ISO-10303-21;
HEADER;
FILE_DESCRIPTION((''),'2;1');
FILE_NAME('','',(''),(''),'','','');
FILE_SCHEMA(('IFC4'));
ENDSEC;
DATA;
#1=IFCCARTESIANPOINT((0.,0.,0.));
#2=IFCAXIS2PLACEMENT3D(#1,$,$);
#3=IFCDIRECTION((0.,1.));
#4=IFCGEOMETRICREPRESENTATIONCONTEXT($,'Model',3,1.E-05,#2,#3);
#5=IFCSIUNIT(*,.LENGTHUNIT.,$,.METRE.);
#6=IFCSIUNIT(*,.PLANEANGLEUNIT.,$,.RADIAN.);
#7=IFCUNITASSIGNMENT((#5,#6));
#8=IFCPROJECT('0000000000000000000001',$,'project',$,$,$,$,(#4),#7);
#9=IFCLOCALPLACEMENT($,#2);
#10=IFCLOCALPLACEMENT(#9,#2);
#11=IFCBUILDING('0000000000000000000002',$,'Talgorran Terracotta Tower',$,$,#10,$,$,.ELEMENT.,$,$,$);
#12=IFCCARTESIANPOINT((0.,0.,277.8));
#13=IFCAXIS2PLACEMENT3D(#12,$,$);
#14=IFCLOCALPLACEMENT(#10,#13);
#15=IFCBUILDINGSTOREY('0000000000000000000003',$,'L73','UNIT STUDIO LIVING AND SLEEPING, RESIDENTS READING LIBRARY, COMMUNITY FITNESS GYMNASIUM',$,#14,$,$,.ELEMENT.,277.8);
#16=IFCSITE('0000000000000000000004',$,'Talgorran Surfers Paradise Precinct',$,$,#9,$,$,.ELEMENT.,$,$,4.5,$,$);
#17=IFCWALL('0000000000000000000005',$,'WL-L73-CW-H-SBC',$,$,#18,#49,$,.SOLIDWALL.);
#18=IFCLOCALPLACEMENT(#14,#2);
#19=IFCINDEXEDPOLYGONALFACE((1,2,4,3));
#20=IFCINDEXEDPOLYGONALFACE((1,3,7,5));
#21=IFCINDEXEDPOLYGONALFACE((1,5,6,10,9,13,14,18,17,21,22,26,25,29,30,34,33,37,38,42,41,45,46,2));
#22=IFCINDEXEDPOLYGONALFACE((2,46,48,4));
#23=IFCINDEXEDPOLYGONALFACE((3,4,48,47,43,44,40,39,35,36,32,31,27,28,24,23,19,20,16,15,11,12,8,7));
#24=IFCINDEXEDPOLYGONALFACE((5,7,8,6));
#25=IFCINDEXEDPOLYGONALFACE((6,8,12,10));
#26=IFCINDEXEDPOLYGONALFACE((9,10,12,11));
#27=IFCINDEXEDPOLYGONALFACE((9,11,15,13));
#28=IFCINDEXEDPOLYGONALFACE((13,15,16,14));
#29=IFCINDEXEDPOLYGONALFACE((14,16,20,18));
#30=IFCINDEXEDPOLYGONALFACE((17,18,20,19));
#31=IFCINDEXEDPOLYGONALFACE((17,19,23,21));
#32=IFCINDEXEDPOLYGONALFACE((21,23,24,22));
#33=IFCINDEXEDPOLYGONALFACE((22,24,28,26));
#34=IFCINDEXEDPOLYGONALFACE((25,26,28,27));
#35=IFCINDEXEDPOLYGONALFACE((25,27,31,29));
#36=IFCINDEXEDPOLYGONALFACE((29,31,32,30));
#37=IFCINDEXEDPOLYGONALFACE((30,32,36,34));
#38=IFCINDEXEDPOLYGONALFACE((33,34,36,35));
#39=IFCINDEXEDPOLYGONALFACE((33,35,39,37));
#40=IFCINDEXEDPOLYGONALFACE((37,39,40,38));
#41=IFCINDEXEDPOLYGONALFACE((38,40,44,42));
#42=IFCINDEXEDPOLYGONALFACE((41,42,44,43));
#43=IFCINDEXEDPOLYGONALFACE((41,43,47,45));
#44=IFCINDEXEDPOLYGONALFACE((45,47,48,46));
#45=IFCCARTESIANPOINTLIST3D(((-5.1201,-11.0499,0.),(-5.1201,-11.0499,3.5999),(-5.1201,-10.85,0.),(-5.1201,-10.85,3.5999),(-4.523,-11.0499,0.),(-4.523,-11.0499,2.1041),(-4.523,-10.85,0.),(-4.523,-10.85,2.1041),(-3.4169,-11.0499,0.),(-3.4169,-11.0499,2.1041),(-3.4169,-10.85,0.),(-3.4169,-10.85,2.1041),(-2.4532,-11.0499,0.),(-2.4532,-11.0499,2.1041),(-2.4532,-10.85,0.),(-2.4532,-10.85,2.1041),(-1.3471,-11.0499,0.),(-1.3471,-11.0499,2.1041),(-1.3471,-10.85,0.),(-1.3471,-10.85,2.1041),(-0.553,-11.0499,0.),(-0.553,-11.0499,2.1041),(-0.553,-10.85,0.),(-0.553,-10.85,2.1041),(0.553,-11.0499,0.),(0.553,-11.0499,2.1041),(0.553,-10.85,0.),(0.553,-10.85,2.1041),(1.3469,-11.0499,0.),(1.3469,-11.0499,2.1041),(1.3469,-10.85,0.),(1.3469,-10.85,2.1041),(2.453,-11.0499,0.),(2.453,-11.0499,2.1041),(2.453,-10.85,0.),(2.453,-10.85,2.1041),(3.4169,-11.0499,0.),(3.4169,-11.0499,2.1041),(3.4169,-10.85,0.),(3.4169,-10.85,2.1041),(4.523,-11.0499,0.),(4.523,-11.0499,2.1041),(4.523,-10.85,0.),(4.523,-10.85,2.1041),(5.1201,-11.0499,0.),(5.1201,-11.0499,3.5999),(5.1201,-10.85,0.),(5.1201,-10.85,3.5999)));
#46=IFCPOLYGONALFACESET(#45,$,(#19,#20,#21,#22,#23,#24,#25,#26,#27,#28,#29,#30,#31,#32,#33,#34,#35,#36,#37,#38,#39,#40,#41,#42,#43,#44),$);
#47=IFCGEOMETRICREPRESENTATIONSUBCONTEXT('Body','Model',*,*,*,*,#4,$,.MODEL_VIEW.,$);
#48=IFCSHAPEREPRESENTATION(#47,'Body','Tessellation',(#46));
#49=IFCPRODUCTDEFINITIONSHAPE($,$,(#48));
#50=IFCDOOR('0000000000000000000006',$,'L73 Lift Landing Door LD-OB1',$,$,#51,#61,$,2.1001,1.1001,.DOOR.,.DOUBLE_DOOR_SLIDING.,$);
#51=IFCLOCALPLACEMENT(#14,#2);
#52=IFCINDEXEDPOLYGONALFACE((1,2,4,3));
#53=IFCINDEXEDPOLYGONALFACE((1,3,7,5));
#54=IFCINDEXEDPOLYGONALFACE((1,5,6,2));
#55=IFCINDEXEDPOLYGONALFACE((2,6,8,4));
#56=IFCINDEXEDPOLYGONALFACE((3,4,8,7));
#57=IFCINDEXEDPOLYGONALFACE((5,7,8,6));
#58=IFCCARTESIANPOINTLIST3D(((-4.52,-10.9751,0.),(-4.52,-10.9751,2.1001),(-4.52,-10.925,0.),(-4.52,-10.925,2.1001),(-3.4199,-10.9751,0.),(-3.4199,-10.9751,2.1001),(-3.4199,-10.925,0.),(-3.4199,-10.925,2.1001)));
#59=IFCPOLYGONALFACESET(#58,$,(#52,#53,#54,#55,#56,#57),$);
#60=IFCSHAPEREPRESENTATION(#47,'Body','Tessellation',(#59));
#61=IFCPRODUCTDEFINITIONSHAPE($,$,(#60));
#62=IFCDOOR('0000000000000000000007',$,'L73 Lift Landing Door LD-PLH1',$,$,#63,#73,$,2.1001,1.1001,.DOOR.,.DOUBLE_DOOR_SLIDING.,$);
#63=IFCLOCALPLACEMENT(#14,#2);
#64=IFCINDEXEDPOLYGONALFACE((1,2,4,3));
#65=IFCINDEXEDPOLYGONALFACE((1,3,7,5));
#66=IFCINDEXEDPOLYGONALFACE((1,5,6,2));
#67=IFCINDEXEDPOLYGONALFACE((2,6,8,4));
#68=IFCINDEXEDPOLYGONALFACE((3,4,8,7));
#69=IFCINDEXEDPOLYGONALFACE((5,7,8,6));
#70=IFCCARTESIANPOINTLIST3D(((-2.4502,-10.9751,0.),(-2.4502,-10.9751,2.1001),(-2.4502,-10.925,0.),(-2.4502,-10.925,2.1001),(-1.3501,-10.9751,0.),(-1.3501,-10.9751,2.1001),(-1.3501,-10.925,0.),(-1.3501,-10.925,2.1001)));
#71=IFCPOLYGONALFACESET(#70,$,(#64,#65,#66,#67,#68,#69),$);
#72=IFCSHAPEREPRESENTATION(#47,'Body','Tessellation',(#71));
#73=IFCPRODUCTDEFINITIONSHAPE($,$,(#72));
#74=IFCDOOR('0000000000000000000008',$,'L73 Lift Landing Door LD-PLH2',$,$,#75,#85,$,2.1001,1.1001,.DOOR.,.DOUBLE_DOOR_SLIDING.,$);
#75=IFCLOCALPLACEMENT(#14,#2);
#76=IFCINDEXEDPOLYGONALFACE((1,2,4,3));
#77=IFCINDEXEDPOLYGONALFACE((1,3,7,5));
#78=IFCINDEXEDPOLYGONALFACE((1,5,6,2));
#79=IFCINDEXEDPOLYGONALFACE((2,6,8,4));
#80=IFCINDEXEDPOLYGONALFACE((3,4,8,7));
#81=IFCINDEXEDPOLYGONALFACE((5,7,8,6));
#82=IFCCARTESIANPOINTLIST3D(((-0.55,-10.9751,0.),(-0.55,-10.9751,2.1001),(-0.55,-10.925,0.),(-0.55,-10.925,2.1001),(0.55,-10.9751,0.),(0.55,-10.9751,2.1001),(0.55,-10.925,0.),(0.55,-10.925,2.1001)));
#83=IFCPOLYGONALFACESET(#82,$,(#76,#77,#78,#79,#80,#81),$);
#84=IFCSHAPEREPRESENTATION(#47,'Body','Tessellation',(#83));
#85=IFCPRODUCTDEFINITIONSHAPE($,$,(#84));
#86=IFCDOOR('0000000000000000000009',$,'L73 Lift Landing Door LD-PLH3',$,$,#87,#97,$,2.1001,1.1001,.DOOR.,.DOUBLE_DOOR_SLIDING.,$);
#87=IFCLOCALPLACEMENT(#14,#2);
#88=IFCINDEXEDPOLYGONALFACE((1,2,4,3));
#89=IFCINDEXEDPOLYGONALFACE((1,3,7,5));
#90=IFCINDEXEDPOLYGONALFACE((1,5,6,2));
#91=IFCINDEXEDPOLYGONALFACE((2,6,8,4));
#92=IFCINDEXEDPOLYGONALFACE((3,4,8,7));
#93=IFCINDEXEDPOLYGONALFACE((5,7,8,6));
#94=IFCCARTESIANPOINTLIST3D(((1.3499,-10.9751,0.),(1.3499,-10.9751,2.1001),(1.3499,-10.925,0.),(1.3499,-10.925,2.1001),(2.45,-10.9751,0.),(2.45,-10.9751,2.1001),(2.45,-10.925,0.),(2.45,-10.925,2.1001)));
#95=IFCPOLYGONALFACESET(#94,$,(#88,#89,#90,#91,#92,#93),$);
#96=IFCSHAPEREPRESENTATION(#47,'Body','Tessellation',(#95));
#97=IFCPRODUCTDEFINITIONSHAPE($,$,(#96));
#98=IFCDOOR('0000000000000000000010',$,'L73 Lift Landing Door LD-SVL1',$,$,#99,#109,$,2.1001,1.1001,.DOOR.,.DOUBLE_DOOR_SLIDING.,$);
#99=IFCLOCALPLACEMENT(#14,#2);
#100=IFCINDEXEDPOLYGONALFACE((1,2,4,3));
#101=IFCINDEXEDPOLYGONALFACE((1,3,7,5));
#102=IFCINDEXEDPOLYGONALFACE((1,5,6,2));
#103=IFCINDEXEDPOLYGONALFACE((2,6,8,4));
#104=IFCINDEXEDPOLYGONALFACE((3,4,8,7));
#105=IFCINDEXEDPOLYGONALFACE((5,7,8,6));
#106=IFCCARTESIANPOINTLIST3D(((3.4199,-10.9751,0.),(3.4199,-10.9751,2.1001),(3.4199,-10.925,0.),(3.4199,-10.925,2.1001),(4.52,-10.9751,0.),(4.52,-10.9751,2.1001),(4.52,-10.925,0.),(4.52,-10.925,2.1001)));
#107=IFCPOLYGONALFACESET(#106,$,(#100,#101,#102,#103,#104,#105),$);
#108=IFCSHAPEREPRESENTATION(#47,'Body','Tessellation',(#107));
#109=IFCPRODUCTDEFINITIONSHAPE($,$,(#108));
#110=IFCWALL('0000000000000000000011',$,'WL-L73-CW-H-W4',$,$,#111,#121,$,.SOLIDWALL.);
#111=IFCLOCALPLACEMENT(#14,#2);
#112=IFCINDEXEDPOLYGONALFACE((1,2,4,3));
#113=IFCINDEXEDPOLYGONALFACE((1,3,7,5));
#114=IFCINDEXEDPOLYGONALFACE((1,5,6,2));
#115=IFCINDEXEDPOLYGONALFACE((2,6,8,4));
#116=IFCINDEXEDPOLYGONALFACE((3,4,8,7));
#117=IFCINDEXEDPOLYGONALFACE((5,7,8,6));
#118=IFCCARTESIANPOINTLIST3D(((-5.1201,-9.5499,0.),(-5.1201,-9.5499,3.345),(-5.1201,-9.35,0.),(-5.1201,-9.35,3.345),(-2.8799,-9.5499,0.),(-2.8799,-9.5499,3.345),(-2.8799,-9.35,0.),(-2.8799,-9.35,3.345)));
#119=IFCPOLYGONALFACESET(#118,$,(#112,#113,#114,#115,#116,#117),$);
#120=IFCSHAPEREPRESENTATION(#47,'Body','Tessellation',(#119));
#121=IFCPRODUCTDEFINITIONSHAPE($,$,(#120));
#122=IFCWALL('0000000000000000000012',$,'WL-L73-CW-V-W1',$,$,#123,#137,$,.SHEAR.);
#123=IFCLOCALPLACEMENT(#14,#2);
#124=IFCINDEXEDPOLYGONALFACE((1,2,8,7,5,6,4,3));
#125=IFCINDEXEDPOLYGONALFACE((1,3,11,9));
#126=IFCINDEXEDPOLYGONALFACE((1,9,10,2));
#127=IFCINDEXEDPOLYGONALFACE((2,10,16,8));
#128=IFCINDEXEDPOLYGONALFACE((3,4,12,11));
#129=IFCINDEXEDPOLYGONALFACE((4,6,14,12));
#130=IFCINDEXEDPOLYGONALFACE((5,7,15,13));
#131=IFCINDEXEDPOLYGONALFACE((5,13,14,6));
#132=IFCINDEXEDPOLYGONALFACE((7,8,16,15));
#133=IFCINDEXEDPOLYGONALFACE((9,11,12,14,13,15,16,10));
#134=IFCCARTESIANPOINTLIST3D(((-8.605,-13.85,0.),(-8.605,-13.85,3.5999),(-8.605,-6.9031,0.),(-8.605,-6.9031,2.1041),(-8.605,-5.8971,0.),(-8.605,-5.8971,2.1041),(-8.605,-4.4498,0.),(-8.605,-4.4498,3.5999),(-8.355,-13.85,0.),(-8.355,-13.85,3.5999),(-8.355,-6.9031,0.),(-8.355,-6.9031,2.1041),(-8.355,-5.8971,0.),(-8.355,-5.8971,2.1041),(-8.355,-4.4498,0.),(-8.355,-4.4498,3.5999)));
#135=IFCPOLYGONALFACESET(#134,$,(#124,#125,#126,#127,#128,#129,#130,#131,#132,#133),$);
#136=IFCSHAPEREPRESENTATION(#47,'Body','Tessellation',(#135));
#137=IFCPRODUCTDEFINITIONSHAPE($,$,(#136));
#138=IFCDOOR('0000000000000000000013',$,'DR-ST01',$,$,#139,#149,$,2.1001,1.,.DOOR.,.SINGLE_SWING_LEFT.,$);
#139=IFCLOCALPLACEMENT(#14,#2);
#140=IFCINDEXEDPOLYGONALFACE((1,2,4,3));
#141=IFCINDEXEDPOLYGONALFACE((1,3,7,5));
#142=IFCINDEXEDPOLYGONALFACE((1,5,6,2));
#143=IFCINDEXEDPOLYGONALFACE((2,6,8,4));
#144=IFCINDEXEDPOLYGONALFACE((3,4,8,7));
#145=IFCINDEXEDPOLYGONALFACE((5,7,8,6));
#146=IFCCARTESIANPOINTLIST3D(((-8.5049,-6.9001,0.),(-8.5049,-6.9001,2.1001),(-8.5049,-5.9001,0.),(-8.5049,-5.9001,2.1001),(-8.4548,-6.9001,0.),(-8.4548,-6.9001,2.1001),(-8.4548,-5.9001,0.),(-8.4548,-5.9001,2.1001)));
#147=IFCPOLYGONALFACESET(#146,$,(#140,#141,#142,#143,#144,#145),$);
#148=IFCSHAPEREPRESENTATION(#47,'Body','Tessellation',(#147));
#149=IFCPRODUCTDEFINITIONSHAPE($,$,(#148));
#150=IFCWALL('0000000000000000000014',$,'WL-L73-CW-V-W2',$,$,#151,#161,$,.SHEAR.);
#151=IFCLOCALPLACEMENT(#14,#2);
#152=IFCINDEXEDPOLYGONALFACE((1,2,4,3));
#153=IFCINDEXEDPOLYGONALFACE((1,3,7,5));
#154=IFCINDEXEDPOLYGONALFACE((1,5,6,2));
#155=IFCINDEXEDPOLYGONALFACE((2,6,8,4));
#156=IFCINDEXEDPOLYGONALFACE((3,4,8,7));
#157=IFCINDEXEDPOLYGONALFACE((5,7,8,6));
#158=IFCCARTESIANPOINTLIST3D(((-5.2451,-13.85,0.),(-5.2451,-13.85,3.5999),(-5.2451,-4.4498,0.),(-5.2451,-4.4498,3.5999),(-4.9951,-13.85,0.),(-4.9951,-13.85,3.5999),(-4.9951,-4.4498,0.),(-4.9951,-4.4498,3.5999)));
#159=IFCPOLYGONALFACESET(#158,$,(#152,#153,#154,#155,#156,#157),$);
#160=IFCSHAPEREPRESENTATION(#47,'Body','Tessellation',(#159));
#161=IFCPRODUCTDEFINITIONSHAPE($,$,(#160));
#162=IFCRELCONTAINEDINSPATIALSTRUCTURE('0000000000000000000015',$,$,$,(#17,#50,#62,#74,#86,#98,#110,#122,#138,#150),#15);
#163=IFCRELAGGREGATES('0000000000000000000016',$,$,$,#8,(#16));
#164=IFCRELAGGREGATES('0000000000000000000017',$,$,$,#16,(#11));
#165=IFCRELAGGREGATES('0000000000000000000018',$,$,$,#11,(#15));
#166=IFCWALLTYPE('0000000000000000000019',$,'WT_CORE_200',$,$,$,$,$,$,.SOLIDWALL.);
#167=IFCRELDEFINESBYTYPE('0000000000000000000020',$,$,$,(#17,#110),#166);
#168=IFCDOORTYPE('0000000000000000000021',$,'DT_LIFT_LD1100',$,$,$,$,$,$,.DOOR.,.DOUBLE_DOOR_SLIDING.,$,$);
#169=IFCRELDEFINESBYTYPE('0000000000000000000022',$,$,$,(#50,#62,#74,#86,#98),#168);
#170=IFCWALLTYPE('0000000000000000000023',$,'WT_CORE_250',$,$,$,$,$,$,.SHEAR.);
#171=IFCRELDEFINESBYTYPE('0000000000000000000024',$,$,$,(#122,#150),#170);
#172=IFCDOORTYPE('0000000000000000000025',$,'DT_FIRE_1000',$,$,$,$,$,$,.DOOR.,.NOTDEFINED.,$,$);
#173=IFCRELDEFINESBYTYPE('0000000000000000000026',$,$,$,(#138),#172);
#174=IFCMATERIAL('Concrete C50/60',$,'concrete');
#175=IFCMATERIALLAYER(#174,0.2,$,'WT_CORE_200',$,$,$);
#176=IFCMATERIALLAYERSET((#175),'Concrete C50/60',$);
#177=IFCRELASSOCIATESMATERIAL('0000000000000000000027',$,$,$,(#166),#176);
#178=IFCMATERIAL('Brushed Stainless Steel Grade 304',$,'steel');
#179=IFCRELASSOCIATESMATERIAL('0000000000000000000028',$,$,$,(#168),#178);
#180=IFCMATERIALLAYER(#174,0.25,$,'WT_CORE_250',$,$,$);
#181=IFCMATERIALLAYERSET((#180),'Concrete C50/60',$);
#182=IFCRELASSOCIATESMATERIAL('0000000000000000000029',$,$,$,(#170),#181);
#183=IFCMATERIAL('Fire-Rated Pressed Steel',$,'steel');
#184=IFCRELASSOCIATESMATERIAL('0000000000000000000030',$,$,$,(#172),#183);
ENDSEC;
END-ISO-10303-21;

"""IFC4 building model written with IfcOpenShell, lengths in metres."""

from ifc_helpers import new_model, si_unit, direction, frame, frame_2d, origin, place, context, subcontext, project, spatial, rectangle, extrude, material, layer, layer_set, type_object, element, fill, save


model = new_model("IFC4")

# Units and contexts
model_context = context("Model", 3, precision=1e-05, world=origin(), true_north=direction((0.0, 1.0)))
body_context = subcontext(model_context, "Body", "Model", "MODEL_VIEW")
ifc_project = project(units=[si_unit("LENGTHUNIT", "METRE"), si_unit("PLANEANGLEUNIT", "RADIAN")], contexts=[model_context])

# Site, building, storey
site_placement = place(None, origin())
site = spatial("IfcSite", under=ifc_project, at=site_placement, Name="Talgorran Surfers Paradise Precinct", CompositionType="ELEMENT", RefElevation=4.5)
building_placement = place(site_placement, origin())
building = spatial("IfcBuilding", under=site, at=building_placement, Name="Talgorran Terracotta Tower", CompositionType="ELEMENT")
storey_placement = place(building_placement, frame((0.0, 0.0, 277.8)))
storey = spatial("IfcBuildingStorey", under=building, at=storey_placement, Name="L73", Description="UNIT STUDIO LIVING AND SLEEPING, RESIDENTS READING LIBRARY, COMMUNITY FITNESS GYMNASIUM", CompositionType="ELEMENT", Elevation=277.8)

# Shared definitions
ifc_material_1 = material(Name="Concrete C50/60", Category="concrete")

# Wall, openings, doors
ifc_layer_1 = layer(ifc_material_1, 0.2, Name="WT_CORE_200")
ifc_layer_set_1 = layer_set([ifc_layer_1], Name="Concrete C50/60")
wall_type_1 = type_object("IfcWallType", Name="WT_CORE_200", PredefinedType="SOLIDWALL", material=ifc_layer_set_1)
ifc_material_2 = material(Name="Brushed Stainless Steel Grade 304", Category="steel")
door_type_1 = type_object("IfcDoorType", Name="DT_LIFT_LD1100", OperationType="DOUBLE_DOOR_SLIDING", PredefinedType="DOOR", material=ifc_material_2)
ifc_material_3 = material(Name="Fire-Rated Pressed Steel", Category="steel")
wall_1_placement = place(storey_placement, frame((-5.1201, -10.95, 0.0), z_axis=(0.0, 0.0, 1.0), x_axis=(1.0, 0.0, 0.0)))
wall_1 = element("IfcWall", 1, at=wall_1_placement, inside=storey, type_object=wall_type_1, Name="WL-L73-CW-H-SBC", PredefinedType="SOLIDWALL", context=body_context, shape_type="SweptSolid", body=[
    extrude(rectangle(XDim=10.2402, YDim=0.2, at=frame_2d((5.1201, 0.0))), origin(), (0.0, 0.0, 1.0), 3.5999),
])
opening_1_placement = place(wall_1_placement, frame((0.6001, 0.0, 0.0)))
opening_1 = element("IfcOpeningElement", 2, at=opening_1_placement, cuts=wall_1, PredefinedType="OPENING", context=body_context, shape_type="SweptSolid", body=[
    extrude(rectangle(XDim=1.1061, YDim=2.1041, at=frame_2d((0.55, 1.052))), frame((0.0, 0.1099, 0.0), z_axis=(0.0, -1.0, 0.0), x_axis=(1.0, 0.0, 0.0)), (0.0, 0.0, 1.0), 0.22),
])
opening_2_placement = place(wall_1_placement, frame((2.6699, 0.0, 0.0)))
opening_2 = element("IfcOpeningElement", 3, at=opening_2_placement, cuts=wall_1, PredefinedType="OPENING", context=body_context, shape_type="SweptSolid", body=[
    extrude(rectangle(XDim=1.1061, YDim=2.1041, at=frame_2d((0.55, 1.052))), frame((0.0, 0.1099, 0.0), z_axis=(0.0, -1.0, 0.0), x_axis=(1.0, 0.0, 0.0)), (0.0, 0.0, 1.0), 0.22),
])
opening_3_placement = place(wall_1_placement, frame((4.5701, 0.0, 0.0)))
opening_3 = element("IfcOpeningElement", 4, at=opening_3_placement, cuts=wall_1, PredefinedType="OPENING", context=body_context, shape_type="SweptSolid", body=[
    extrude(rectangle(XDim=1.1061, YDim=2.1041, at=frame_2d((0.55, 1.052))), frame((0.0, 0.1099, 0.0), z_axis=(0.0, -1.0, 0.0), x_axis=(1.0, 0.0, 0.0)), (0.0, 0.0, 1.0), 0.22),
])
opening_4_placement = place(wall_1_placement, frame((6.47, 0.0, 0.0)))
opening_4 = element("IfcOpeningElement", 5, at=opening_4_placement, cuts=wall_1, PredefinedType="OPENING", context=body_context, shape_type="SweptSolid", body=[
    extrude(rectangle(XDim=1.1061, YDim=2.1041, at=frame_2d((0.55, 1.052))), frame((0.0, 0.1099, 0.0), z_axis=(0.0, -1.0, 0.0), x_axis=(1.0, 0.0, 0.0)), (0.0, 0.0, 1.0), 0.22),
])
opening_5_placement = place(wall_1_placement, frame((8.54, 0.0, 0.0)))
opening_5 = element("IfcOpeningElement", 6, at=opening_5_placement, cuts=wall_1, PredefinedType="OPENING", context=body_context, shape_type="SweptSolid", body=[
    extrude(rectangle(XDim=1.1061, YDim=2.1041, at=frame_2d((0.55, 1.052))), frame((0.0, 0.1099, 0.0), z_axis=(0.0, -1.0, 0.0), x_axis=(1.0, 0.0, 0.0)), (0.0, 0.0, 1.0), 0.22),
])
door_1_placement = place(opening_1_placement, origin())
door_1 = element("IfcDoor", 7, at=door_1_placement, inside=storey, type_object=door_type_1, Name="L73 Lift Landing Door LD-OB1", OperationType="DOUBLE_DOOR_SLIDING", OverallHeight=2.1001, OverallWidth=1.1001, PredefinedType="DOOR", context=body_context, shape_type="SweptSolid", body=[
    extrude(rectangle(XDim=1.1001, YDim=2.1001, at=frame_2d((0.55, 1.05))), frame((0.0, 0.0249, 0.0), z_axis=(0.0, -1.0, 0.0), x_axis=(1.0, 0.0, 0.0)), (0.0, 0.0, 1.0), 0.05),
])
fill(opening_1, door_1)
door_2_placement = place(opening_2_placement, origin())
door_2 = element("IfcDoor", 8, at=door_2_placement, inside=storey, type_object=door_type_1, Name="L73 Lift Landing Door LD-PLH1", OperationType="DOUBLE_DOOR_SLIDING", OverallHeight=2.1001, OverallWidth=1.1001, PredefinedType="DOOR", context=body_context, shape_type="SweptSolid", body=[
    extrude(rectangle(XDim=1.1001, YDim=2.1001, at=frame_2d((0.55, 1.05))), frame((0.0, 0.0249, 0.0), z_axis=(0.0, -1.0, 0.0), x_axis=(1.0, 0.0, 0.0)), (0.0, 0.0, 1.0), 0.05),
])
fill(opening_2, door_2)
door_3_placement = place(opening_3_placement, origin())
door_3 = element("IfcDoor", 9, at=door_3_placement, inside=storey, type_object=door_type_1, Name="L73 Lift Landing Door LD-PLH2", OperationType="DOUBLE_DOOR_SLIDING", OverallHeight=2.1001, OverallWidth=1.1001, PredefinedType="DOOR", context=body_context, shape_type="SweptSolid", body=[
    extrude(rectangle(XDim=1.1001, YDim=2.1001, at=frame_2d((0.55, 1.05))), frame((0.0, 0.0249, 0.0), z_axis=(0.0, -1.0, 0.0), x_axis=(1.0, 0.0, 0.0)), (0.0, 0.0, 1.0), 0.05),
])
fill(opening_3, door_3)
door_4_placement = place(opening_4_placement, origin())
door_4 = element("IfcDoor", 10, at=door_4_placement, inside=storey, type_object=door_type_1, Name="L73 Lift Landing Door LD-PLH3", OperationType="DOUBLE_DOOR_SLIDING", OverallHeight=2.1001, OverallWidth=1.1001, PredefinedType="DOOR", context=body_context, shape_type="SweptSolid", body=[
    extrude(rectangle(XDim=1.1001, YDim=2.1001, at=frame_2d((0.55, 1.05))), frame((0.0, 0.0249, 0.0), z_axis=(0.0, -1.0, 0.0), x_axis=(1.0, 0.0, 0.0)), (0.0, 0.0, 1.0), 0.05),
])
fill(opening_4, door_4)
door_5_placement = place(opening_5_placement, origin())
door_5 = element("IfcDoor", 11, at=door_5_placement, inside=storey, type_object=door_type_1, Name="L73 Lift Landing Door LD-SVL1", OperationType="DOUBLE_DOOR_SLIDING", OverallHeight=2.1001, OverallWidth=1.1001, PredefinedType="DOOR", context=body_context, shape_type="SweptSolid", body=[
    extrude(rectangle(XDim=1.1001, YDim=2.1001, at=frame_2d((0.55, 1.05))), frame((0.0, 0.0249, 0.0), z_axis=(0.0, -1.0, 0.0), x_axis=(1.0, 0.0, 0.0)), (0.0, 0.0, 1.0), 0.05),
])
fill(opening_5, door_5)

# Wall
wall_2_placement = place(storey_placement, frame((-5.1201, -9.45, 0.0), z_axis=(0.0, 0.0, 1.0), x_axis=(1.0, 0.0, 0.0)))
element("IfcWall", 12, at=wall_2_placement, inside=storey, type_object=wall_type_1, Name="WL-L73-CW-H-W4", PredefinedType="SOLIDWALL", context=body_context, shape_type="SweptSolid", body=[
    extrude(rectangle(XDim=2.2402, YDim=0.2, at=frame_2d((1.1201, 0.0))), origin(), (0.0, 0.0, 1.0), 3.345),
])

# Wall, opening, door
ifc_layer_2 = layer(ifc_material_1, 0.25, Name="WT_CORE_250")
ifc_layer_set_2 = layer_set([ifc_layer_2], Name="Concrete C50/60")
wall_type_2 = type_object("IfcWallType", Name="WT_CORE_250", PredefinedType="SHEAR", material=ifc_layer_set_2)
wall_3_placement = place(storey_placement, frame((-8.48, -13.8501, 0.0), z_axis=(0.0, 0.0, 1.0), x_axis=(0.0, 1.0, 0.0)))
wall_3 = element("IfcWall", 13, at=wall_3_placement, inside=storey, type_object=wall_type_2, Name="WL-L73-CW-V-W1", PredefinedType="SHEAR", context=body_context, shape_type="SweptSolid", body=[
    extrude(rectangle(XDim=9.4001, YDim=0.25, at=frame_2d((4.7002, 0.0))), origin(), (0.0, 0.0, 1.0), 3.5999),
])
opening_6_placement = place(wall_3_placement, frame((6.95, 0.0, 0.0)))
opening_6 = element("IfcOpeningElement", 14, at=opening_6_placement, cuts=wall_3, PredefinedType="OPENING", context=body_context, shape_type="SweptSolid", body=[
    extrude(rectangle(XDim=1.006, YDim=2.1041, at=frame_2d((0.5, 1.052))), frame((0.0, 0.135, 0.0), z_axis=(0.0, -1.0, 0.0), x_axis=(1.0, 0.0, 0.0)), (0.0, 0.0, 1.0), 0.27),
])
door_type_2 = type_object("IfcDoorType", Name="DT_FIRE_1000", OperationType="NOTDEFINED", PredefinedType="DOOR", material=ifc_material_3)
door_6_placement = place(opening_6_placement, origin())
door_6 = element("IfcDoor", 15, at=door_6_placement, inside=storey, type_object=door_type_2, Name="DR-ST01", OperationType="SINGLE_SWING_LEFT", OverallHeight=2.1001, OverallWidth=1.0, PredefinedType="DOOR", context=body_context, shape_type="SweptSolid", body=[
    extrude(rectangle(XDim=1.0, YDim=2.1001, at=frame_2d((0.5, 1.05))), frame((0.0, 0.0249, 0.0), z_axis=(0.0, -1.0, 0.0), x_axis=(1.0, 0.0, 0.0)), (0.0, 0.0, 1.0), 0.05),
])
fill(opening_6, door_6)

# Wall
wall_4_placement = place(storey_placement, frame((-5.1201, -13.8501, 0.0), z_axis=(0.0, 0.0, 1.0), x_axis=(0.0, 1.0, 0.0)))
element("IfcWall", 16, at=wall_4_placement, inside=storey, type_object=wall_type_2, Name="WL-L73-CW-V-W2", PredefinedType="SHEAR", context=body_context, shape_type="SweptSolid", body=[
    extrude(rectangle(XDim=9.4001, YDim=0.25, at=frame_2d((4.7002, 0.0))), origin(), (0.0, 0.0, 1.0), 3.5999),
])

save(model, "model.ifc")
